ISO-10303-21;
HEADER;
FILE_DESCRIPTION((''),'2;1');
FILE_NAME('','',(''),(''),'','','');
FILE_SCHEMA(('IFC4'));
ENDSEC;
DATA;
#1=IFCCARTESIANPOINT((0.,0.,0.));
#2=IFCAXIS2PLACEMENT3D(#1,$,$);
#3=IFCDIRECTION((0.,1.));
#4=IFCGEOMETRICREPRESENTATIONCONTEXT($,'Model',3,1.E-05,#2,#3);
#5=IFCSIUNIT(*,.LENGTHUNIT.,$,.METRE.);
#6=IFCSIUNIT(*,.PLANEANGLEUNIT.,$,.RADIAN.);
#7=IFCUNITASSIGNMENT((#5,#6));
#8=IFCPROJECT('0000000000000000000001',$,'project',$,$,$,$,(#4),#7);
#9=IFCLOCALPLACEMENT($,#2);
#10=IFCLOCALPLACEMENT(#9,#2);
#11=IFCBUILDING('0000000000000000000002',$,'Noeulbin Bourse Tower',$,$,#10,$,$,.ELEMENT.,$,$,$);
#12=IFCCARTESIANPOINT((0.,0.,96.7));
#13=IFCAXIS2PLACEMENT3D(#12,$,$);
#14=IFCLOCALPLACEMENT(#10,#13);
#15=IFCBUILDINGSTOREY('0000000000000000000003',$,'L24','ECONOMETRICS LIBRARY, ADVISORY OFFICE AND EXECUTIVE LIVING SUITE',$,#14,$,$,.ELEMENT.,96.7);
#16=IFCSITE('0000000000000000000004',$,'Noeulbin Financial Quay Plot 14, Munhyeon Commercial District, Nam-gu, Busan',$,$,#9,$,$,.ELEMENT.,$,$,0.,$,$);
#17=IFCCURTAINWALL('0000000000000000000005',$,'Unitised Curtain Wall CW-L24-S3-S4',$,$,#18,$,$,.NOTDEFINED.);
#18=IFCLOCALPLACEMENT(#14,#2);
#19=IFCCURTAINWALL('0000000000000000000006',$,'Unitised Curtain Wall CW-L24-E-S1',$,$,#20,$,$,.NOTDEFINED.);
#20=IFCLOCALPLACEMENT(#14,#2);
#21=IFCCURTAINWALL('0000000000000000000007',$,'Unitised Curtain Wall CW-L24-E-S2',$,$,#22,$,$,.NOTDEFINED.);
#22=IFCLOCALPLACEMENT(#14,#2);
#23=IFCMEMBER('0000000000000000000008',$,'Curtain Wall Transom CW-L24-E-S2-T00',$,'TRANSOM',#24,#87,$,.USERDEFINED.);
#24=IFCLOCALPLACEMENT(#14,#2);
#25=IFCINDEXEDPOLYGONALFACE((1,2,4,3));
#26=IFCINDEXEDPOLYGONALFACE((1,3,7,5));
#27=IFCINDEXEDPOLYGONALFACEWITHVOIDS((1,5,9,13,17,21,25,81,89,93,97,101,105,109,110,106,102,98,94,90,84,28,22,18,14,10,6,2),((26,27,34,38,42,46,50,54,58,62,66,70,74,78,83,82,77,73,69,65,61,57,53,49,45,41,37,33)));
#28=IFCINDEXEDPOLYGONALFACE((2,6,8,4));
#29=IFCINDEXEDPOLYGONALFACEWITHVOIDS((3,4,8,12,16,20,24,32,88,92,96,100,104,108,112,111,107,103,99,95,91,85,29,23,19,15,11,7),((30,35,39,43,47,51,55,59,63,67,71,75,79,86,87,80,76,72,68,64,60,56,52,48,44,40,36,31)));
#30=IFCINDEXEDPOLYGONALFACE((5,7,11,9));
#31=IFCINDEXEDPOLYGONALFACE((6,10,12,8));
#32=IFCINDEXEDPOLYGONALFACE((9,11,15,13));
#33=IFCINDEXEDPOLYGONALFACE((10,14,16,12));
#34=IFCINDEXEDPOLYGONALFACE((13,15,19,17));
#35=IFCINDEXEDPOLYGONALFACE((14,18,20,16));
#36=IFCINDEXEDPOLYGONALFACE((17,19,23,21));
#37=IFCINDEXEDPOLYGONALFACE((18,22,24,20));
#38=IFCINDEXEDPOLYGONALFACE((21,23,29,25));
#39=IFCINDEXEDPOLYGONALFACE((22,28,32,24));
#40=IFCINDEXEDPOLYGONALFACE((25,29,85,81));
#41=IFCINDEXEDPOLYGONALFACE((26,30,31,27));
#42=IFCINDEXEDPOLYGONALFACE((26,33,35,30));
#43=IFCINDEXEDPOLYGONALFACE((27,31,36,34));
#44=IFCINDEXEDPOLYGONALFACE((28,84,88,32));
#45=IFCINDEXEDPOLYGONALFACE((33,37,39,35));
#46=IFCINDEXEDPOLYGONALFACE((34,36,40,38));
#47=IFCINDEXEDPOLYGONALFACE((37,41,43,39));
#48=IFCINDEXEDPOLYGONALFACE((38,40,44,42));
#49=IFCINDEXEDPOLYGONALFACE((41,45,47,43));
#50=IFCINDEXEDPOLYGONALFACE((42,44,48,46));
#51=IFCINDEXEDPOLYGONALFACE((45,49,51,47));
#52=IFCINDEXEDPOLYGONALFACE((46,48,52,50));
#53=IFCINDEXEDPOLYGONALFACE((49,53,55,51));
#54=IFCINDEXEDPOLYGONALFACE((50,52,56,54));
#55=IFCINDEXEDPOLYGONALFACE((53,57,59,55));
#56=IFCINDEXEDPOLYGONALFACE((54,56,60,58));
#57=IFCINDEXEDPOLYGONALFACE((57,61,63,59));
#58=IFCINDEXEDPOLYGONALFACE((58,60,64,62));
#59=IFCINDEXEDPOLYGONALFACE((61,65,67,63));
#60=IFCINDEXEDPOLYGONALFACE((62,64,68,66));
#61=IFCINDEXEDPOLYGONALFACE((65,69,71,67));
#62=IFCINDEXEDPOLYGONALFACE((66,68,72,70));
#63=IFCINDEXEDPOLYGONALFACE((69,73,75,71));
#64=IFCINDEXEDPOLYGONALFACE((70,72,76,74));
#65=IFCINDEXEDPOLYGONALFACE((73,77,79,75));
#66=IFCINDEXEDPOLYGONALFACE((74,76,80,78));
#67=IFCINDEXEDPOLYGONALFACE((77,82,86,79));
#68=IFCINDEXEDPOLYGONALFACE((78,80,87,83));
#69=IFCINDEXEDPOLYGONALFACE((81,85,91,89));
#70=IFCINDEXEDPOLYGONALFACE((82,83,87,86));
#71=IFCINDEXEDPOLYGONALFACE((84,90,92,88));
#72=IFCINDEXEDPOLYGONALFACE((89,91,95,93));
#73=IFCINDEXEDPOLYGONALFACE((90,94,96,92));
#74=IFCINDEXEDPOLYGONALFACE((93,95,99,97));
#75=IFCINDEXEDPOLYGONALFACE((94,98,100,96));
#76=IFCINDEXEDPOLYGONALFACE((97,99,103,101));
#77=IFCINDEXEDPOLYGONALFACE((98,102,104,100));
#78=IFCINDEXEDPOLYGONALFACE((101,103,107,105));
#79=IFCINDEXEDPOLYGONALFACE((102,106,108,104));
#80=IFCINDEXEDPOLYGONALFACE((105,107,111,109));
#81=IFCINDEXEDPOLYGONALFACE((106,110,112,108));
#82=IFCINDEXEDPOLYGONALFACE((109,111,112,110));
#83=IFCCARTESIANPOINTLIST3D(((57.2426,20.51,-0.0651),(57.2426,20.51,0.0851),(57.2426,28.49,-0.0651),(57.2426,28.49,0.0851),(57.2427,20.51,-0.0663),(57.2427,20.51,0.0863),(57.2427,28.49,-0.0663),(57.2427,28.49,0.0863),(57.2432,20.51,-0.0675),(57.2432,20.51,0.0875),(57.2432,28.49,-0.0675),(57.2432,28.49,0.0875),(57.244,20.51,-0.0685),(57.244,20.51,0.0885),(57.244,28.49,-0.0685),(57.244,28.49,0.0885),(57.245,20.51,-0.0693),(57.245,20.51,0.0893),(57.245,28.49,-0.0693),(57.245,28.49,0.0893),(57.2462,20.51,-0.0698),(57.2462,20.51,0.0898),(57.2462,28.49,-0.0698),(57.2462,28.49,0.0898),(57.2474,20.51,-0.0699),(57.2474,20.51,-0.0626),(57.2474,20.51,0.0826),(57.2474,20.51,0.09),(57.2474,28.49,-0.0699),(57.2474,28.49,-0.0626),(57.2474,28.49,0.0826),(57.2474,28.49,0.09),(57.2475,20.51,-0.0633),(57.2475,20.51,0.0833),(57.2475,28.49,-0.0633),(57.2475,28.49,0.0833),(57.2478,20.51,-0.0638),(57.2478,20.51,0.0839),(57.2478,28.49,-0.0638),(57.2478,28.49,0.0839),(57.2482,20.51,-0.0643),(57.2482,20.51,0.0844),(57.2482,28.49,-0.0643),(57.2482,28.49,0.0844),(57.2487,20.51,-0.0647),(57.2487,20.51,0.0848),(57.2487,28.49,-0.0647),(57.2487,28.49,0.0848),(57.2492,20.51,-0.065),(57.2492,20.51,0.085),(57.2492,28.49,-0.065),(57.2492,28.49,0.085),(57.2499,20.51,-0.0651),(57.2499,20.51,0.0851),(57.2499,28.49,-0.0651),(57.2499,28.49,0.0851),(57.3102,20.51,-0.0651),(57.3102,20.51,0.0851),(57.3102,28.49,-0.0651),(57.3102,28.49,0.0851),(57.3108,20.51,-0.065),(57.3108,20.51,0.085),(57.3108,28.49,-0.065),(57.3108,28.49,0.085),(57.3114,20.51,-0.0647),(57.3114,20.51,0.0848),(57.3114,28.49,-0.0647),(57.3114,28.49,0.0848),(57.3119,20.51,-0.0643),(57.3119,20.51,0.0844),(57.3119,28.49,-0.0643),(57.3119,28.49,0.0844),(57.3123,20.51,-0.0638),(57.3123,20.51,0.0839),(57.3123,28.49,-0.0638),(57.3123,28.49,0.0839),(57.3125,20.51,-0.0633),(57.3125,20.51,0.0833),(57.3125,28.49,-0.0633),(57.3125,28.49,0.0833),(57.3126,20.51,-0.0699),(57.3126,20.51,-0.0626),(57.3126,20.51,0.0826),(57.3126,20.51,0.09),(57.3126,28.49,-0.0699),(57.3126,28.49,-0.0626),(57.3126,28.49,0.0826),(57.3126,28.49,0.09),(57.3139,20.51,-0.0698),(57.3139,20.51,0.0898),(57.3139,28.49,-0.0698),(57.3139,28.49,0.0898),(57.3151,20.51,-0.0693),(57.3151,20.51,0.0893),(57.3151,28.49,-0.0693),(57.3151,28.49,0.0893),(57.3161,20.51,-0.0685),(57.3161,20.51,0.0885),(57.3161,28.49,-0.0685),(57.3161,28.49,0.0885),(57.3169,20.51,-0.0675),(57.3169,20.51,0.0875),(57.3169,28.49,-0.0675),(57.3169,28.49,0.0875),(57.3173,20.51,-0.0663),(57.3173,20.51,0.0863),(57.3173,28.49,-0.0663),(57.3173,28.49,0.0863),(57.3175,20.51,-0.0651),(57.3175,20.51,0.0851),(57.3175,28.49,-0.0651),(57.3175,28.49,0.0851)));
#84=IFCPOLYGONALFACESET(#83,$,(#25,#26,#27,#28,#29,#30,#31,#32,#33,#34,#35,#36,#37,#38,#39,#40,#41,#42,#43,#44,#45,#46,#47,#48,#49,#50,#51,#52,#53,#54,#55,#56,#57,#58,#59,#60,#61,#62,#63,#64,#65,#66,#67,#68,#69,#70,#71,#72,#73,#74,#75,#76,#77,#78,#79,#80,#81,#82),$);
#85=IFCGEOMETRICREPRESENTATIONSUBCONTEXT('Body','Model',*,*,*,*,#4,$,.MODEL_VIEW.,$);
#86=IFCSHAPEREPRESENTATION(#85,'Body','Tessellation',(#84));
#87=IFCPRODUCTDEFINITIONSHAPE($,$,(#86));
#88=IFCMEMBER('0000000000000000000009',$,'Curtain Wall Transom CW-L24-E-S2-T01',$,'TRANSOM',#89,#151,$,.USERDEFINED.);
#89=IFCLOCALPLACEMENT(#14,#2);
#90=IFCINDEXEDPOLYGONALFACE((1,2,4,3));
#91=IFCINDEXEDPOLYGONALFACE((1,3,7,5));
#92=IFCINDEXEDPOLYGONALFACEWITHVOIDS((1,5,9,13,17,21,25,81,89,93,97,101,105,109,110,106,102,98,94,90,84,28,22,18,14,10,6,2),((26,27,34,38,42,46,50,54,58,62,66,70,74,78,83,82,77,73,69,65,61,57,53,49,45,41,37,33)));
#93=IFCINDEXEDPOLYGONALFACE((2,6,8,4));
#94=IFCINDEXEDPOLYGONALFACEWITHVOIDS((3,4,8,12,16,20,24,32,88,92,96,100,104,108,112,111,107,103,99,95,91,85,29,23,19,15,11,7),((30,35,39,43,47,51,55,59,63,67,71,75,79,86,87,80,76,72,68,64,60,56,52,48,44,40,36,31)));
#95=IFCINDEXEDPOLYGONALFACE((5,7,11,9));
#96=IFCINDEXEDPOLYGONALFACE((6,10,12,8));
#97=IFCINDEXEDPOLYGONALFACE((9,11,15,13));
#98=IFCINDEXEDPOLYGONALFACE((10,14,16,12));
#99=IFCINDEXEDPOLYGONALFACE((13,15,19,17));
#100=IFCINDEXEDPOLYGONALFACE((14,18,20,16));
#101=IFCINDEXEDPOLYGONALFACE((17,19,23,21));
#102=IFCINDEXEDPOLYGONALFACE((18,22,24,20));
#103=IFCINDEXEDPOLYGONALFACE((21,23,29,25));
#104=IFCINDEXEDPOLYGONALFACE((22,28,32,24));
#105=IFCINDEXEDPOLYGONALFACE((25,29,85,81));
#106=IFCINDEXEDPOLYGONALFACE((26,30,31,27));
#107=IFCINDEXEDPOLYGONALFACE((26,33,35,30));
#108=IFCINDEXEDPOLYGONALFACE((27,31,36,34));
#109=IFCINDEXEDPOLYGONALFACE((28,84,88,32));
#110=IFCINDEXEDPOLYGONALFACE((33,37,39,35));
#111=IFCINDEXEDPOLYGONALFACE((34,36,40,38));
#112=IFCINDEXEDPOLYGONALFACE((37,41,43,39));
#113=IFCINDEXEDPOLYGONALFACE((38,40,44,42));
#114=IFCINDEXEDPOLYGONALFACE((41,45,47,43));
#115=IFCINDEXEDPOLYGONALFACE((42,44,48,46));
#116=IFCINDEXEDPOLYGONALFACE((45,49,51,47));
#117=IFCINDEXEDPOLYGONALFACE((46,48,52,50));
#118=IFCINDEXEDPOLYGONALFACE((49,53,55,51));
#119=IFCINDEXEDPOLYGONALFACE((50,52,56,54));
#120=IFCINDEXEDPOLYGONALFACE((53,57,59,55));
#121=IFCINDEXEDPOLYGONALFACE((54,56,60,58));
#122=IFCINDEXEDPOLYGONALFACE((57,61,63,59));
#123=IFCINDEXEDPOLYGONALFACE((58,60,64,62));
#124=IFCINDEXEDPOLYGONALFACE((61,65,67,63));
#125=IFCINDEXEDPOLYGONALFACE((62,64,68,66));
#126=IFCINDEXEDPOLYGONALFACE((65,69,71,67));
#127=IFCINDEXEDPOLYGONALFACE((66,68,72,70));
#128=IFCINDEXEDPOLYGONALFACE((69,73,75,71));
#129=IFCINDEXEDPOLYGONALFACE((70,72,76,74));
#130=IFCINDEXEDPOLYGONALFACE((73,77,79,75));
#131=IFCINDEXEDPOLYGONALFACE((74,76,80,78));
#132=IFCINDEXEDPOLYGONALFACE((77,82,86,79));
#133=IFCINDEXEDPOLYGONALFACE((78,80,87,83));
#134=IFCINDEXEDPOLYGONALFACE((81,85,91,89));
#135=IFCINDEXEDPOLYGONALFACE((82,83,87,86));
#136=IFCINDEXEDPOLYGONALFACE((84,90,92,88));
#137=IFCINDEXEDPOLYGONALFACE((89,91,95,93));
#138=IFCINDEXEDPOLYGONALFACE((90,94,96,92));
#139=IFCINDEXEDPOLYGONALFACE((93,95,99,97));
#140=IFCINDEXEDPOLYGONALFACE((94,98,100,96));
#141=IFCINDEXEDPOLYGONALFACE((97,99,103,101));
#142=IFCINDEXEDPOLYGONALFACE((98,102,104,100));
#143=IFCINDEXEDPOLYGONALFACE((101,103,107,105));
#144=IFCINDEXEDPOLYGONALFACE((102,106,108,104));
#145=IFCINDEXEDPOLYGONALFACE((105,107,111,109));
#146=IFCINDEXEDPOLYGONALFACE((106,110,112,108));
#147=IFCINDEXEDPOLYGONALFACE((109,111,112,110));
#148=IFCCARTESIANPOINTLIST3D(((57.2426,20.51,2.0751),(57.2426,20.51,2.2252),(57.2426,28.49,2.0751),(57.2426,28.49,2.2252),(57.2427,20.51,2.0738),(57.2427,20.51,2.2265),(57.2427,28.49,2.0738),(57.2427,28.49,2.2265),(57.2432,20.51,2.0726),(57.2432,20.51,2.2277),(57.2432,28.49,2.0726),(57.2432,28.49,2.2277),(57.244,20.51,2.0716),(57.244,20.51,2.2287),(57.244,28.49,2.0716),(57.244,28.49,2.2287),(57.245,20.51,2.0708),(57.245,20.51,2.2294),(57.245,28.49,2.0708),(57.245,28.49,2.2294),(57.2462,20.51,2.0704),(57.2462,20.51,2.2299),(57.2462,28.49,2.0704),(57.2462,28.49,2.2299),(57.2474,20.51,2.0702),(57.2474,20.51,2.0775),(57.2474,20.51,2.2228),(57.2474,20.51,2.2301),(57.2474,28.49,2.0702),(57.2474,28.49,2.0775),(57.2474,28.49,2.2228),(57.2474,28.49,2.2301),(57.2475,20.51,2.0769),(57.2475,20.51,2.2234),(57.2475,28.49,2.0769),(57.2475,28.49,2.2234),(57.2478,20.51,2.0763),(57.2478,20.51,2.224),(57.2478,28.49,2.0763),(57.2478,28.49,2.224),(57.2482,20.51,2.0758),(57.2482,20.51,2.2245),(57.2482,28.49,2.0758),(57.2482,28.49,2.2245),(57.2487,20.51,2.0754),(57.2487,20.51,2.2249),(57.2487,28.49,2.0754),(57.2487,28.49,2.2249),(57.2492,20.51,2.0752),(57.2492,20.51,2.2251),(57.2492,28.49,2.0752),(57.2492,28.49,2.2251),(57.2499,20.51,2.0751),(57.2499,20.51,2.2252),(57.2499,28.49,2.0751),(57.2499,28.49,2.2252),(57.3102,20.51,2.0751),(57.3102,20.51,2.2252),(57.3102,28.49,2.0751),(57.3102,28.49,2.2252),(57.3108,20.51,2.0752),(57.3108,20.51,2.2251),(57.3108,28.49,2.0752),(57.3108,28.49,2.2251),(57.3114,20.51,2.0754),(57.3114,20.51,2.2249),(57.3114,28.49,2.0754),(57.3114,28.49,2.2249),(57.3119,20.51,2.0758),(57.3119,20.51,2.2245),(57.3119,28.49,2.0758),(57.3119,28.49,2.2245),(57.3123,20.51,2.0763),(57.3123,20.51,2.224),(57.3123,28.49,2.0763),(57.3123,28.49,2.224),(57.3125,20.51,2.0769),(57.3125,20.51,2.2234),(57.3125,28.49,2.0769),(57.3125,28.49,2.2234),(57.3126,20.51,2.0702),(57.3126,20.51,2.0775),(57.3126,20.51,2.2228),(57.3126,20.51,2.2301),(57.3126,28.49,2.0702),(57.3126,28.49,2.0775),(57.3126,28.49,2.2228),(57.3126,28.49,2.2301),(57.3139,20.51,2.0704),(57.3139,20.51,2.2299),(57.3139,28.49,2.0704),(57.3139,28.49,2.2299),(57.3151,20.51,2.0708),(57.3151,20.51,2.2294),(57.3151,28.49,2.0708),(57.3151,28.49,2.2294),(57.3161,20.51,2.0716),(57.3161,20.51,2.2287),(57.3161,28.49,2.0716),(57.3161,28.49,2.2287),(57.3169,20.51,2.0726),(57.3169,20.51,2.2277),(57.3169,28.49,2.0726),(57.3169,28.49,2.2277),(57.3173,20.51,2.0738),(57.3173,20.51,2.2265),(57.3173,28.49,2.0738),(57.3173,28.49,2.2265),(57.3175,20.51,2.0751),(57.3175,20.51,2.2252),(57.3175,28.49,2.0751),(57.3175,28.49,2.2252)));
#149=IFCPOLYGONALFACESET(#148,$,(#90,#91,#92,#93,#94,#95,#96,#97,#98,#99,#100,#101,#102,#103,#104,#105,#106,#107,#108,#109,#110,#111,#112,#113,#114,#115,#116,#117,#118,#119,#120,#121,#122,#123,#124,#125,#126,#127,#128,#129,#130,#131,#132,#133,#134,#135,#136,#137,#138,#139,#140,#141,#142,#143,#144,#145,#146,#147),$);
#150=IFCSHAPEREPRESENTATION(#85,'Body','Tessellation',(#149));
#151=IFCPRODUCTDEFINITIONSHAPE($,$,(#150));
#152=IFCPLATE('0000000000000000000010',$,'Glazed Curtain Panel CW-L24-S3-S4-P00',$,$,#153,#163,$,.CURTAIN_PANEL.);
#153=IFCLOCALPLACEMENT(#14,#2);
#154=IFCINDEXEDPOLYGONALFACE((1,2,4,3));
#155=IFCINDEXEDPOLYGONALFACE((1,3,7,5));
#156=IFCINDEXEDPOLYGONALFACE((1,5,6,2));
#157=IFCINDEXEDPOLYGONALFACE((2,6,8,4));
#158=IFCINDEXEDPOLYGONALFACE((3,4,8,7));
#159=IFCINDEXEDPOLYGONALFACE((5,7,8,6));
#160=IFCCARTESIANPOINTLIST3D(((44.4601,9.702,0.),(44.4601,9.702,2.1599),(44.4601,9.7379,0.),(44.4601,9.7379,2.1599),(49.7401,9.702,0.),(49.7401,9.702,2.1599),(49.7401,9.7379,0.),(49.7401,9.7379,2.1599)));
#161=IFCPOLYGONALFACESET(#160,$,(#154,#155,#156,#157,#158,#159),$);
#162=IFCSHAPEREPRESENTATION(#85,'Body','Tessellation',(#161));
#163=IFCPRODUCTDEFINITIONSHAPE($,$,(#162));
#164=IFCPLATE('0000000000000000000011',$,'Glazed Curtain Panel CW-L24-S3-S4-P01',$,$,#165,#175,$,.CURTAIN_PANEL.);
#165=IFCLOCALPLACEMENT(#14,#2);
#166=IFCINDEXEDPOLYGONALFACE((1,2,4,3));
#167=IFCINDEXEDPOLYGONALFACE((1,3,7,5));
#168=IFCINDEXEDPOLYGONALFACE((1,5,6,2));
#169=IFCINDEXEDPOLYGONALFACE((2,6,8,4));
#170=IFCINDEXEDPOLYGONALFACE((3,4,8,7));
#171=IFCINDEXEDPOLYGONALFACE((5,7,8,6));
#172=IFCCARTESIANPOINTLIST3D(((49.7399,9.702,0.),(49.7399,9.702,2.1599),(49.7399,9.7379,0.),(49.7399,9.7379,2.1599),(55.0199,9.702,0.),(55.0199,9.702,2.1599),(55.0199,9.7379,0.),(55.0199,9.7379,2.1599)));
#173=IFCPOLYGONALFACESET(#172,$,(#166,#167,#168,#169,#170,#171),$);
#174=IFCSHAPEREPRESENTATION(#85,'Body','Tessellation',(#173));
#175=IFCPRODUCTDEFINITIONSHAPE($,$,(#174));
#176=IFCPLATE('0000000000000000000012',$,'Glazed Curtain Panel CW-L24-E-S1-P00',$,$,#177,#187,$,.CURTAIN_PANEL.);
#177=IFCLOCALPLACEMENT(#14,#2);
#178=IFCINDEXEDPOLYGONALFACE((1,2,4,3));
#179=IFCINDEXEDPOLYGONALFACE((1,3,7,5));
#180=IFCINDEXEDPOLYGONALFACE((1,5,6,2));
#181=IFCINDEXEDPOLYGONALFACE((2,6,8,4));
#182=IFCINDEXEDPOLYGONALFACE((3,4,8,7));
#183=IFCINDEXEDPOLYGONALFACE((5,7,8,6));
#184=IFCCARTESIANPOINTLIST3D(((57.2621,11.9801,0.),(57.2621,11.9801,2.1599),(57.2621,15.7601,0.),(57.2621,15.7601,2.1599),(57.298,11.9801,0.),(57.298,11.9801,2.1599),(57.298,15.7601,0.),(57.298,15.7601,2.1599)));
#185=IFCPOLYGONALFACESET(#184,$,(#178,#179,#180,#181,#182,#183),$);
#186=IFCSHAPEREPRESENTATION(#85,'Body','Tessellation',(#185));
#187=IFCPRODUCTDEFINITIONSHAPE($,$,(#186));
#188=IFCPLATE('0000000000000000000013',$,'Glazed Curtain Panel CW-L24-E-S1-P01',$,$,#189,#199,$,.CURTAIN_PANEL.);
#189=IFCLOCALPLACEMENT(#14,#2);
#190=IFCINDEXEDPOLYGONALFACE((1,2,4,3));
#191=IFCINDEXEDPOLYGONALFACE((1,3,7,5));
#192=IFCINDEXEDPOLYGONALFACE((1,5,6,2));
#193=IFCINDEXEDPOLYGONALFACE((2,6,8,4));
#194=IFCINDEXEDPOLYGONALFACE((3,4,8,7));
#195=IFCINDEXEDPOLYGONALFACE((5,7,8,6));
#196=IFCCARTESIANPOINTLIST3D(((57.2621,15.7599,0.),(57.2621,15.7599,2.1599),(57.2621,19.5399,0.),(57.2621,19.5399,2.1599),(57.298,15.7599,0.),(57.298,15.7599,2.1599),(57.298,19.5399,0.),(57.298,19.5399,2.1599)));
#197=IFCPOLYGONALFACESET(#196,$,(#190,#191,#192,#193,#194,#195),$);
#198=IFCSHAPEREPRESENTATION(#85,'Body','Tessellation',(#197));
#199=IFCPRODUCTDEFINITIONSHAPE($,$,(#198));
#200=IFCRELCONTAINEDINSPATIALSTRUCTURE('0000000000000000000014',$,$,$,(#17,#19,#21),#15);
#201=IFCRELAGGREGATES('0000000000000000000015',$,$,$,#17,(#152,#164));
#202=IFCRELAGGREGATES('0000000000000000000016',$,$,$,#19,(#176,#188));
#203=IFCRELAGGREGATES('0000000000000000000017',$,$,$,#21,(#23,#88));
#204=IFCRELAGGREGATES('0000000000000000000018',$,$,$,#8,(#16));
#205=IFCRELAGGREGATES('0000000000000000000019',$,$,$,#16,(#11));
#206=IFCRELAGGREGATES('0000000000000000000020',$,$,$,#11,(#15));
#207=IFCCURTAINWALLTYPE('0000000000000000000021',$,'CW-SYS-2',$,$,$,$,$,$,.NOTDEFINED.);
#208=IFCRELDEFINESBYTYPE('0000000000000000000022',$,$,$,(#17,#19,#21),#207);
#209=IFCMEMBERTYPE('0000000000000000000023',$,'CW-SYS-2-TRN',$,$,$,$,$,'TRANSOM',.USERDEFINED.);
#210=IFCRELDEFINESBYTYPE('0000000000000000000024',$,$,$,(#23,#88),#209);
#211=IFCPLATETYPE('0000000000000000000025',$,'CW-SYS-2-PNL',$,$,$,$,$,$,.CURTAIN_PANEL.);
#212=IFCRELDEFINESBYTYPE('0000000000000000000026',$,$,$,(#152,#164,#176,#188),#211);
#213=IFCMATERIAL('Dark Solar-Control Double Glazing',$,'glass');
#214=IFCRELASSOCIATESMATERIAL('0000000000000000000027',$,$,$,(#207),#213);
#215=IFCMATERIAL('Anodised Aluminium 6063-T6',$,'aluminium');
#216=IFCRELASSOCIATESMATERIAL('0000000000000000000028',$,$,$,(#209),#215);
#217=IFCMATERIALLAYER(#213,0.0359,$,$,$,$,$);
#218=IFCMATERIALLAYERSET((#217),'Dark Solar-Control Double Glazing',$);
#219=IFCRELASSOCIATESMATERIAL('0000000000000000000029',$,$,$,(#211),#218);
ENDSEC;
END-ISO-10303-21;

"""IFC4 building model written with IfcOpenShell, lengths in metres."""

from ifc_helpers import new_model, si_unit, direction, frame, origin, origin_2d, place, context, subcontext, project, spatial, rectangle, hollow_rectangle, extrude, material, layer, layer_set, material_profile, profile_set, type_object, element, aggregate, save


model = new_model("IFC4")

# Units and contexts
model_context = context("Model", 3, precision=1e-05, world=origin(), true_north=direction((0.0, 1.0)))
body_context = subcontext(model_context, "Body", "Model", "MODEL_VIEW")
ifc_project = project(units=[si_unit("LENGTHUNIT", "METRE"), si_unit("PLANEANGLEUNIT", "RADIAN")], contexts=[model_context])

# Site, building, storey
site_placement = place(None, origin())
site = spatial("IfcSite", under=ifc_project, at=site_placement, Name="Noeulbin Financial Quay Plot 14, Munhyeon Commercial District, Nam-gu, Busan", CompositionType="ELEMENT", RefElevation=0.0)
building_placement = place(site_placement, origin())
building = spatial("IfcBuilding", under=site, at=building_placement, Name="Noeulbin Bourse Tower", CompositionType="ELEMENT")
storey_placement = place(building_placement, frame((0.0, 0.0, 96.7)))
storey = spatial("IfcBuildingStorey", under=building, at=storey_placement, Name="L24", Description="ECONOMETRICS LIBRARY, ADVISORY OFFICE AND EXECUTIVE LIVING SUITE", CompositionType="ELEMENT", Elevation=96.7)

# Curtain walls
ifc_material_1 = material(Name="Dark Solar-Control Double Glazing", Category="glass")
curtain_wall_type = type_object("IfcCurtainWallType", Name="CW-SYS-2", PredefinedType="NOTDEFINED", material=ifc_material_1)
curtain_wall_1_placement = place(storey_placement, origin())
curtain_wall_1 = element("IfcCurtainWall", 1, at=curtain_wall_1_placement, inside=storey, type_object=curtain_wall_type, Name="Unitised Curtain Wall CW-L24-S3-S4", PredefinedType="NOTDEFINED")
ifc_material_2 = material(Name="Anodised Aluminium 6063-T6", Category="aluminium")
curtain_wall_2_placement = place(storey_placement, origin())
curtain_wall_2 = element("IfcCurtainWall", 2, at=curtain_wall_2_placement, inside=storey, type_object=curtain_wall_type, Name="Unitised Curtain Wall CW-L24-E-S1", PredefinedType="NOTDEFINED")
curtain_wall_3_placement = place(storey_placement, origin())
curtain_wall_3 = element("IfcCurtainWall", 3, at=curtain_wall_3_placement, inside=storey, type_object=curtain_wall_type, Name="Unitised Curtain Wall CW-L24-E-S2", PredefinedType="NOTDEFINED")

# Members
ifc_material_profile_1 = material_profile(ifc_material_2, hollow_rectangle(XDim=0.075, YDim=0.1599, WallThickness=0.0049, InnerFilletRadius=0.0024, OuterFilletRadius=0.0049, at=origin_2d()), Name="ALU-TRAN-75x160x5", Category="LoadBearing")
ifc_profile_set_1 = profile_set([ifc_material_profile_1], Name="Anodised Aluminium 6063-T6")
member_type_1 = type_object("IfcMemberType", Name="CW-SYS-2-TRN", ElementType="TRANSOM", PredefinedType="USERDEFINED", material=ifc_profile_set_1)
member_1_placement = place(storey_placement, frame((57.28, 20.51, 0.01), z_axis=(0.0, 1.0, 0.0), x_axis=(-1.0, 0.0, 0.0)))
member_1 = element("IfcMember", 4, at=member_1_placement, type_object=member_type_1, Name="Curtain Wall Transom CW-L24-E-S2-T00", ObjectType="TRANSOM", PredefinedType="USERDEFINED", context=body_context, shape_type="SweptSolid", body=[
    extrude(hollow_rectangle(XDim=0.075, YDim=0.1599, WallThickness=0.0049, InnerFilletRadius=0.0024, OuterFilletRadius=0.0049, at=origin_2d()), origin(), (0.0, 0.0, 1.0), 7.98),
])
member_2_placement = place(storey_placement, frame((57.28, 20.51, 2.1501), z_axis=(0.0, 1.0, 0.0), x_axis=(-1.0, 0.0, 0.0)))
member_2 = element("IfcMember", 5, at=member_2_placement, type_object=member_type_1, Name="Curtain Wall Transom CW-L24-E-S2-T01", ObjectType="TRANSOM", PredefinedType="USERDEFINED", context=body_context, shape_type="SweptSolid", body=[
    extrude(hollow_rectangle(XDim=0.075, YDim=0.1599, WallThickness=0.0049, InnerFilletRadius=0.0024, OuterFilletRadius=0.0049, at=origin_2d()), origin(), (0.0, 0.0, 1.0), 7.98),
])

# Plates
ifc_layer_1 = layer(ifc_material_1, 0.0359)
ifc_layer_set_1 = layer_set([ifc_layer_1], Name="Dark Solar-Control Double Glazing")
plate_type_1 = type_object("IfcPlateType", Name="CW-SYS-2-PNL", PredefinedType="CURTAIN_PANEL", material=ifc_layer_set_1)
plate_1_placement = place(storey_placement, frame((47.1001, 9.72, 0.0), z_axis=(0.0, 0.0, 1.0), x_axis=(1.0, 0.0, 0.0)))
plate_1 = element("IfcPlate", 6, at=plate_1_placement, type_object=plate_type_1, Name="Glazed Curtain Panel CW-L24-S3-S4-P00", PredefinedType="CURTAIN_PANEL", context=body_context, shape_type="SweptSolid", body=[
    extrude(rectangle(XDim=5.28, YDim=0.0359, at=origin_2d()), origin(), (0.0, 0.0, 1.0), 2.1599),
])
plate_2_placement = place(storey_placement, frame((52.3799, 9.72, 0.0), z_axis=(0.0, 0.0, 1.0), x_axis=(1.0, 0.0, 0.0)))
plate_2 = element("IfcPlate", 7, at=plate_2_placement, type_object=plate_type_1, Name="Glazed Curtain Panel CW-L24-S3-S4-P01", PredefinedType="CURTAIN_PANEL", context=body_context, shape_type="SweptSolid", body=[
    extrude(rectangle(XDim=5.28, YDim=0.0359, at=origin_2d()), origin(), (0.0, 0.0, 1.0), 2.1599),
])
aggregate(curtain_wall_1, [plate_1, plate_2])
plate_3_placement = place(storey_placement, frame((57.28, 13.8701, 0.0), z_axis=(0.0, 0.0, 1.0), x_axis=(0.0, 1.0, 0.0)))
plate_3 = element("IfcPlate", 8, at=plate_3_placement, type_object=plate_type_1, Name="Glazed Curtain Panel CW-L24-E-S1-P00", PredefinedType="CURTAIN_PANEL", context=body_context, shape_type="SweptSolid", body=[
    extrude(rectangle(XDim=3.78, YDim=0.0359, at=origin_2d()), origin(), (0.0, 0.0, 1.0), 2.1599),
])
plate_4_placement = place(storey_placement, frame((57.28, 17.6499, 0.0), z_axis=(0.0, 0.0, 1.0), x_axis=(0.0, 1.0, 0.0)))
plate_4 = element("IfcPlate", 9, at=plate_4_placement, type_object=plate_type_1, Name="Glazed Curtain Panel CW-L24-E-S1-P01", PredefinedType="CURTAIN_PANEL", context=body_context, shape_type="SweptSolid", body=[
    extrude(rectangle(XDim=3.78, YDim=0.0359, at=origin_2d()), origin(), (0.0, 0.0, 1.0), 2.1599),
])
aggregate(curtain_wall_2, [plate_3, plate_4])
aggregate(curtain_wall_3, [member_1, member_2])

save(model, "model.ifc")
